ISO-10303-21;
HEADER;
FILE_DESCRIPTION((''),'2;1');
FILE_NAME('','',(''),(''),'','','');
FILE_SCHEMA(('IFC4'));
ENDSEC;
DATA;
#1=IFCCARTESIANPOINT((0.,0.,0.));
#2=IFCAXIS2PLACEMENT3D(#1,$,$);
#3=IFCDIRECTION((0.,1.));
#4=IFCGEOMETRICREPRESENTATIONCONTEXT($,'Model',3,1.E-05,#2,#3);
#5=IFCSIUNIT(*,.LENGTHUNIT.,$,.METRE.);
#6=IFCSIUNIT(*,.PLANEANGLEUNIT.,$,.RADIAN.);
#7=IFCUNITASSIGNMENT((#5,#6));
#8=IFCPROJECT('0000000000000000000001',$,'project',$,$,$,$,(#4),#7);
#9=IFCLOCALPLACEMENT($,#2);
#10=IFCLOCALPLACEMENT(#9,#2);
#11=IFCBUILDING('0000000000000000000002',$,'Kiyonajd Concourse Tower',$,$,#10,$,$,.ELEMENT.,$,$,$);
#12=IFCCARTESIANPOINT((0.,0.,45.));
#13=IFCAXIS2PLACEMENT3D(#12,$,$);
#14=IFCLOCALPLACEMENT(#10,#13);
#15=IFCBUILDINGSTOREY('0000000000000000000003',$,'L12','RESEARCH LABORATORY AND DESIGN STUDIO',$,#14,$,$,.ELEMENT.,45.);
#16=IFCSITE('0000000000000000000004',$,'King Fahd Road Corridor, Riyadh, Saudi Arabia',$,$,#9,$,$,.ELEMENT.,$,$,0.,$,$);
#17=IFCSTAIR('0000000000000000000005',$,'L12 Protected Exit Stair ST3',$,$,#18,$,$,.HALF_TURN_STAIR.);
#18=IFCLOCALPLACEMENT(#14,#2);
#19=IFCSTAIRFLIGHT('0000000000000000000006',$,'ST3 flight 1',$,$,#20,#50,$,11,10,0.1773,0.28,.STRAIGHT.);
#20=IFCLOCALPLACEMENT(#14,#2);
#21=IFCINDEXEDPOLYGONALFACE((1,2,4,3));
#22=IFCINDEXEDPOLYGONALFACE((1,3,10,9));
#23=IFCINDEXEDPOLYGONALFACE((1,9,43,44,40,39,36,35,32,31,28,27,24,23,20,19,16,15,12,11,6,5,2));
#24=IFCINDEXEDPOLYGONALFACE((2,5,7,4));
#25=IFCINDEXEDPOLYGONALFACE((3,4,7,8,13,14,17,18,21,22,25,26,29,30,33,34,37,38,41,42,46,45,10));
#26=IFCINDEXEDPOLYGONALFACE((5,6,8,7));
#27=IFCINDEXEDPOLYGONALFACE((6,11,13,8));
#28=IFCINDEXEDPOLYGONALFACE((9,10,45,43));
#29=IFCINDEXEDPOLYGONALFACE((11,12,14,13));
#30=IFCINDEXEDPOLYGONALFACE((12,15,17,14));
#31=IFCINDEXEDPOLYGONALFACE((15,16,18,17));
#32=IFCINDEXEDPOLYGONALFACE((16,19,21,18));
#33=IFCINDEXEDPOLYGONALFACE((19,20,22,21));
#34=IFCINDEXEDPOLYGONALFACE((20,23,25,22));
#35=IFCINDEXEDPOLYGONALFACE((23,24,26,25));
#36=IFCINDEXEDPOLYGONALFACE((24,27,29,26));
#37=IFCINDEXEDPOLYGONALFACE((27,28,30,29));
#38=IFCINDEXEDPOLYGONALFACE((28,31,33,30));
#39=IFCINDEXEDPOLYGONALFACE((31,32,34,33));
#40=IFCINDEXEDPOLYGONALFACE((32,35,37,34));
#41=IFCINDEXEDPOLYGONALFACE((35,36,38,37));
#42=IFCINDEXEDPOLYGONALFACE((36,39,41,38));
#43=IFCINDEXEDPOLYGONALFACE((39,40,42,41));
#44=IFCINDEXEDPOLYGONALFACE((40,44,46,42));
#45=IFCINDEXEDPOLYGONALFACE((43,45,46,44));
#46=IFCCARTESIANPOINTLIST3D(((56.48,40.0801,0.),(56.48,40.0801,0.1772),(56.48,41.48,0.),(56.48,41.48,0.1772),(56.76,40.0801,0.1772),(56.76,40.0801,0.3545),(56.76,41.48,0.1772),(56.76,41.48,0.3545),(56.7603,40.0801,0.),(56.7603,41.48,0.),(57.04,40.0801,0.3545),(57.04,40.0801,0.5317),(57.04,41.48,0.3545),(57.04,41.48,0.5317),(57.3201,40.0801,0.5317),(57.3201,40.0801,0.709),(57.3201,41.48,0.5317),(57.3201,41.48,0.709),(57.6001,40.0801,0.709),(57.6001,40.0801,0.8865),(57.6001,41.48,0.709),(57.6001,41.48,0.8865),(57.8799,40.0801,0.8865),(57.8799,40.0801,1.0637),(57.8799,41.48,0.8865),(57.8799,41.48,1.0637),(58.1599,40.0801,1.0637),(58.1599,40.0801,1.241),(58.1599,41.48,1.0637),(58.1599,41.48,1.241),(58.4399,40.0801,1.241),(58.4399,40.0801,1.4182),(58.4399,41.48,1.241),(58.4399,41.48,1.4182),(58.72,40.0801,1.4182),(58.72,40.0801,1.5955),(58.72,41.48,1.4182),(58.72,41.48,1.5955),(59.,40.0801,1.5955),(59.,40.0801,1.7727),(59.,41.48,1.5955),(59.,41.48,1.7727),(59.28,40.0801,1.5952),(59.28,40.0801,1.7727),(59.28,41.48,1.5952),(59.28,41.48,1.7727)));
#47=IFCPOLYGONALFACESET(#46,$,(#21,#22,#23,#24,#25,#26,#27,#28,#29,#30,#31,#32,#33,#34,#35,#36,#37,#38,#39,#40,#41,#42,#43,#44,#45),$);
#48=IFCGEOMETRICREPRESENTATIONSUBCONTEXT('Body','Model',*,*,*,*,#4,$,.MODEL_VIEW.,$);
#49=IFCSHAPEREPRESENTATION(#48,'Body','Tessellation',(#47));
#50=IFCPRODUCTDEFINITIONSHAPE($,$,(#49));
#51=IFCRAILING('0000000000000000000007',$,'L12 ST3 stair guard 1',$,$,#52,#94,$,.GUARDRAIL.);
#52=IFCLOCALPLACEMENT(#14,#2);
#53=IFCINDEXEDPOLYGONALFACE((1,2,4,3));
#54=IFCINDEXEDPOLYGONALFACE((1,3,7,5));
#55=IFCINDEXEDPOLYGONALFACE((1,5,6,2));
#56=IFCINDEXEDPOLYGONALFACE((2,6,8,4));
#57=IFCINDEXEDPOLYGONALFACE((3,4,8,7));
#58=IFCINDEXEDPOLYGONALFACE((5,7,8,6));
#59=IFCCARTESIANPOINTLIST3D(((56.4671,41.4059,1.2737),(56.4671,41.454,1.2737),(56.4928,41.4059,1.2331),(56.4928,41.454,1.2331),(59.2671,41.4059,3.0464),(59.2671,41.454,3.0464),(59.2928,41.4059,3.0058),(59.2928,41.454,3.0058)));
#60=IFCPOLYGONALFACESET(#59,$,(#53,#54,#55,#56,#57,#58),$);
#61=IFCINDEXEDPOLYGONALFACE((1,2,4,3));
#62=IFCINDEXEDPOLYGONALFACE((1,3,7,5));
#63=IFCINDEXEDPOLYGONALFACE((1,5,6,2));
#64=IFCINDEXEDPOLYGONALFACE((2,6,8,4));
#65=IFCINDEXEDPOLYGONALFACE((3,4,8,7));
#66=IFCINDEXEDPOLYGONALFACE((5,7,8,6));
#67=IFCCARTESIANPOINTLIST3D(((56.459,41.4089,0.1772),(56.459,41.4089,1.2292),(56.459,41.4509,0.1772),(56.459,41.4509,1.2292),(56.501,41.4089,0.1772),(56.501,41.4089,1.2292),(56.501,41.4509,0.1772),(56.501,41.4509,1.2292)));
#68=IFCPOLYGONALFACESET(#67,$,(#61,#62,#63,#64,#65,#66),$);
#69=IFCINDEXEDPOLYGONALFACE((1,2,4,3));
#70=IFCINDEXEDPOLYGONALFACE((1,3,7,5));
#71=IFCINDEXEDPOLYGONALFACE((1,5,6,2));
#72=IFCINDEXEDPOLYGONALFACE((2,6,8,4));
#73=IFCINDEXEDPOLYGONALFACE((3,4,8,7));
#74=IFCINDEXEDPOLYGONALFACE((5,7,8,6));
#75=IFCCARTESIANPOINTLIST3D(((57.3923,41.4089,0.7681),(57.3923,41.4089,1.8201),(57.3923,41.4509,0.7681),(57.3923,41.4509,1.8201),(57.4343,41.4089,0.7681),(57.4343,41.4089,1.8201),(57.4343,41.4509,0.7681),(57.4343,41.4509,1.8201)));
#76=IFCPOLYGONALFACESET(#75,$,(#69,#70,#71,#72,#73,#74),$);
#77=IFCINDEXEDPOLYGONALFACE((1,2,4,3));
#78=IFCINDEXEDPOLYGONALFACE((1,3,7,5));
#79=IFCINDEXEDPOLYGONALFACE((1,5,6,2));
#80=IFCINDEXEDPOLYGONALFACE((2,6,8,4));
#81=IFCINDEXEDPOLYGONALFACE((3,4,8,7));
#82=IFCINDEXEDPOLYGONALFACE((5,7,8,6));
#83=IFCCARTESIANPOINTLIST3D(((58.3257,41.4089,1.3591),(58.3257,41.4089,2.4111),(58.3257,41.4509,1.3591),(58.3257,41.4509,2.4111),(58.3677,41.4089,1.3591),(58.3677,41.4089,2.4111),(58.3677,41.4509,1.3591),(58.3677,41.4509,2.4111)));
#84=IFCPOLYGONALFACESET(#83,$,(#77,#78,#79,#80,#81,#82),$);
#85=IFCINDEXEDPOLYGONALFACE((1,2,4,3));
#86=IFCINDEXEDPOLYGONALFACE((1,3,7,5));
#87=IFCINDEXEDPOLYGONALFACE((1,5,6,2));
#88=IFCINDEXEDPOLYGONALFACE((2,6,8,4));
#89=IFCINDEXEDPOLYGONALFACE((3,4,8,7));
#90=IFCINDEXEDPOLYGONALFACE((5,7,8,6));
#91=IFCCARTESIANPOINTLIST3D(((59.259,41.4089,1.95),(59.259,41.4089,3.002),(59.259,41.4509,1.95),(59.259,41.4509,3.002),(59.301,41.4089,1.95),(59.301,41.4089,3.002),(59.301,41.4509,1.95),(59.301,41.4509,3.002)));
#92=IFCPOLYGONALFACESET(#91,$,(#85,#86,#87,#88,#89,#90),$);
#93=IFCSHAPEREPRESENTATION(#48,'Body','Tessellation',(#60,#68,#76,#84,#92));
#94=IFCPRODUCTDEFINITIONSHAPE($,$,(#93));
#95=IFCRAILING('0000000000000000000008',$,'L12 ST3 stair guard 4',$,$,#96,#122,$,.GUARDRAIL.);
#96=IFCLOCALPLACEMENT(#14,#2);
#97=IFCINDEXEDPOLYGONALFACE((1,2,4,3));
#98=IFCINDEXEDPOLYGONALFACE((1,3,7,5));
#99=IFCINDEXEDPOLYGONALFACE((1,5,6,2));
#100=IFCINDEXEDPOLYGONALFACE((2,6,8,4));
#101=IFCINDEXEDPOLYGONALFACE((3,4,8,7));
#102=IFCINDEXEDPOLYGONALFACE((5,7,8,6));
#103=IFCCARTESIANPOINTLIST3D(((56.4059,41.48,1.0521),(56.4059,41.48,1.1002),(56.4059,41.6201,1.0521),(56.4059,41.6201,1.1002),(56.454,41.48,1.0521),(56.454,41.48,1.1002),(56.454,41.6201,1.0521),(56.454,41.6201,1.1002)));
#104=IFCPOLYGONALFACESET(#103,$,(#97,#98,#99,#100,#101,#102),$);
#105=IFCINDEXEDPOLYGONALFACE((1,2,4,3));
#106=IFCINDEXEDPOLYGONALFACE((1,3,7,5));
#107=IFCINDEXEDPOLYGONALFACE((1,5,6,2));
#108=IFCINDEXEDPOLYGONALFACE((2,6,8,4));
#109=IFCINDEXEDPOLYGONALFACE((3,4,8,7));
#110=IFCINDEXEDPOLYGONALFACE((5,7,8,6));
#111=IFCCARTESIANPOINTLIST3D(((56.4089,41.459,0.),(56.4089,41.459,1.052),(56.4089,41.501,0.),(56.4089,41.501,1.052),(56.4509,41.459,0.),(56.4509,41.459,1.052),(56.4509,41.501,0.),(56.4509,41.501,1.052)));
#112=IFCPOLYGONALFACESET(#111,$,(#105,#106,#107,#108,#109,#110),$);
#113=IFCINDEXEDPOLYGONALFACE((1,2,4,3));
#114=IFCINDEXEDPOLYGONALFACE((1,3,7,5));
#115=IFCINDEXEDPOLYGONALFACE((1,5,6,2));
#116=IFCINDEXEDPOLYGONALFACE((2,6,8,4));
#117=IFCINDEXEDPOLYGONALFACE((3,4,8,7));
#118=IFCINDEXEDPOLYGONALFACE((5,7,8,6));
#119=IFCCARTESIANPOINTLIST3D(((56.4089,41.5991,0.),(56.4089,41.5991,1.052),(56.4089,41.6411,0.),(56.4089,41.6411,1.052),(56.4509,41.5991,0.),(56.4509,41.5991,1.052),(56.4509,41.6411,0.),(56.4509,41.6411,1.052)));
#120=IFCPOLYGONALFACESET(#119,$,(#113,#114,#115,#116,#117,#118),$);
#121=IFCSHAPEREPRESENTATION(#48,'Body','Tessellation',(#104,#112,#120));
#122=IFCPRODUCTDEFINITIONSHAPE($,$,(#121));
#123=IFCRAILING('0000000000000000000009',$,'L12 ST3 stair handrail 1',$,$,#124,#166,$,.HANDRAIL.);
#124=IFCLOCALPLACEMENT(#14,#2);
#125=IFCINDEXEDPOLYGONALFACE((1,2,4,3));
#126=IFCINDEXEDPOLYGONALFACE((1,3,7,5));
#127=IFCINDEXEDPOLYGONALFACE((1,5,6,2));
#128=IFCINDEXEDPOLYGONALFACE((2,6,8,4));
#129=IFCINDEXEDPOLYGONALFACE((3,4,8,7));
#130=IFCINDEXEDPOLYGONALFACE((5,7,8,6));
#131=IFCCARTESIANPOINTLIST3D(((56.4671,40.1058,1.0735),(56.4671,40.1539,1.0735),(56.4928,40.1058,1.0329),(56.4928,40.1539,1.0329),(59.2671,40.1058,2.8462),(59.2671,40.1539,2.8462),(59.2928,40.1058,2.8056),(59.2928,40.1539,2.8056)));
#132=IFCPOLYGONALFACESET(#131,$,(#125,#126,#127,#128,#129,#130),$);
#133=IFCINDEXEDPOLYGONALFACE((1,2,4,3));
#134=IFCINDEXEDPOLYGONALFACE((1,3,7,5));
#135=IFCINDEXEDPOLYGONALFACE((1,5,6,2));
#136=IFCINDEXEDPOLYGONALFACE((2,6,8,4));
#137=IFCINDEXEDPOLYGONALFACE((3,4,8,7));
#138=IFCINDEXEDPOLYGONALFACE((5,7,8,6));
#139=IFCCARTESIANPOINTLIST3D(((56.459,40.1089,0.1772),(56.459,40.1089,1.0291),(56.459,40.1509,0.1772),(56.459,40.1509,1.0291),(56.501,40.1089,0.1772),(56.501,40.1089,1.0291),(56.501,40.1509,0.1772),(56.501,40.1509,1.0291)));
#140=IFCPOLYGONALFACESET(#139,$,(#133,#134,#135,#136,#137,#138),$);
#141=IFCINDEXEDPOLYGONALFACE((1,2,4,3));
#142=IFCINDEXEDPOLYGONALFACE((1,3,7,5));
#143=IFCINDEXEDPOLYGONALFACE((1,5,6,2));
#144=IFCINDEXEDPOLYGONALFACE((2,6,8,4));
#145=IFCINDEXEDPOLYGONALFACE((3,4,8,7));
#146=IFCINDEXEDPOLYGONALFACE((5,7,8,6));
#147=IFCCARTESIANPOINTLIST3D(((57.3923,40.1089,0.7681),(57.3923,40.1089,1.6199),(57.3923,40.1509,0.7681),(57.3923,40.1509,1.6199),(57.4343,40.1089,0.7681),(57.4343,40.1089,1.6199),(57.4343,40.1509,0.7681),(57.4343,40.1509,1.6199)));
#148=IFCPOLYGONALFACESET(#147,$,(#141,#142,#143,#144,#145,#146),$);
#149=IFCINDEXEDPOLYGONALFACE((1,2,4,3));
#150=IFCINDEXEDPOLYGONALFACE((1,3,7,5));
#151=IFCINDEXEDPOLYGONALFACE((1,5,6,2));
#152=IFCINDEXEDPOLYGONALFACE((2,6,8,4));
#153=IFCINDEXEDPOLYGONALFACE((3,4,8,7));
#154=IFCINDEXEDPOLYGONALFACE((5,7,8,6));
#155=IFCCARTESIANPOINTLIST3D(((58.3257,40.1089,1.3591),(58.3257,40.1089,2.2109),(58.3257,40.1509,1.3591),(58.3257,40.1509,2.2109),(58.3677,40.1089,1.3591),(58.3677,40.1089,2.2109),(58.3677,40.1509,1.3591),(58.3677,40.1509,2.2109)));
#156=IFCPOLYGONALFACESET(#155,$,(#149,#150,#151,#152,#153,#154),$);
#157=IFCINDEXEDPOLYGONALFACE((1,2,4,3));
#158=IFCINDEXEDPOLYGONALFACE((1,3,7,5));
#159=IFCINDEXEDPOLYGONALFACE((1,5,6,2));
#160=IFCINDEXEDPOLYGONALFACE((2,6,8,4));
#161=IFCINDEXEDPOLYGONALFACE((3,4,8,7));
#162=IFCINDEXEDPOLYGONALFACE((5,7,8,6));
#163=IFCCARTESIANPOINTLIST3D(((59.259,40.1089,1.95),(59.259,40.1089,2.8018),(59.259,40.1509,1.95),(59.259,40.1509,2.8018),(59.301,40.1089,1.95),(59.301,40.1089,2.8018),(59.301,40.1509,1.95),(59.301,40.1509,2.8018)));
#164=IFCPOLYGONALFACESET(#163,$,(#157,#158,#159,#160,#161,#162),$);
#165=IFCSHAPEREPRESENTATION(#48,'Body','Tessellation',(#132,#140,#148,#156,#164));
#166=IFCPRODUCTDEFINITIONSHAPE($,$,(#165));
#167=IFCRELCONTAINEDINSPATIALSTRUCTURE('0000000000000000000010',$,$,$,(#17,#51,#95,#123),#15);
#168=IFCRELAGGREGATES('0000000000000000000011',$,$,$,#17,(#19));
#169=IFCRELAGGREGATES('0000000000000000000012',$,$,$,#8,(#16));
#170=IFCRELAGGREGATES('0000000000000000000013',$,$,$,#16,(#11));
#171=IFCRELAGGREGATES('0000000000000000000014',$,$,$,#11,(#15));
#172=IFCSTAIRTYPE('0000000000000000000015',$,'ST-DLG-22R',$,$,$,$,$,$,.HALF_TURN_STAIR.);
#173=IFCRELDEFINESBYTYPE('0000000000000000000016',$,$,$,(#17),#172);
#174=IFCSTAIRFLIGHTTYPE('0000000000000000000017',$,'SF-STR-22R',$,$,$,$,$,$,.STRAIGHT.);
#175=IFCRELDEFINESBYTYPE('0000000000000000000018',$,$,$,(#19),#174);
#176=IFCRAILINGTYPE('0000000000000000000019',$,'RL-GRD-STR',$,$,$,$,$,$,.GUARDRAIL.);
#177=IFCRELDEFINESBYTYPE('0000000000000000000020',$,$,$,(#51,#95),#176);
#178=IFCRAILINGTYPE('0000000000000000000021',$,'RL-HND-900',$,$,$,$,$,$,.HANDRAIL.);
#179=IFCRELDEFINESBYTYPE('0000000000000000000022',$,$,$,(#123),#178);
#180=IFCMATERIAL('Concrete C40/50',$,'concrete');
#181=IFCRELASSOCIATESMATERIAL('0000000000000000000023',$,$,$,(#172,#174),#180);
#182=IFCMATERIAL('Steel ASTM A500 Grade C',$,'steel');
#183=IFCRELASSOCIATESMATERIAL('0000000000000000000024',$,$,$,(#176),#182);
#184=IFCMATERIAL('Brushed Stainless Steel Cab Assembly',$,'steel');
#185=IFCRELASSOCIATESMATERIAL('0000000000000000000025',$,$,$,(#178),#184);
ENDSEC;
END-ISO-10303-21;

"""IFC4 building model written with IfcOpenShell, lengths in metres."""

from ifc_helpers import new_model, si_unit, direction, frame, origin, origin_2d, place, context, subcontext, project, spatial, polyline, rectangle, outline, extrude, material, type_object, element, aggregate, save


model = new_model("IFC4")

# Units and contexts
model_context = context("Model", 3, precision=1e-05, world=origin(), true_north=direction((0.0, 1.0)))
body_context = subcontext(model_context, "Body", "Model", "MODEL_VIEW")
ifc_project = project(units=[si_unit("LENGTHUNIT", "METRE"), si_unit("PLANEANGLEUNIT", "RADIAN")], contexts=[model_context])

# Site, building, storey
site_placement = place(None, origin())
site = spatial("IfcSite", under=ifc_project, at=site_placement, Name="King Fahd Road Corridor, Riyadh, Saudi Arabia", CompositionType="ELEMENT", RefElevation=0.0)
building_placement = place(site_placement, origin())
building = spatial("IfcBuilding", under=site, at=building_placement, Name="Kiyonajd Concourse Tower", CompositionType="ELEMENT")
storey_placement = place(building_placement, frame((0.0, 0.0, 45.0)))
storey = spatial("IfcBuildingStorey", under=building, at=storey_placement, Name="L12", Description="RESEARCH LABORATORY AND DESIGN STUDIO", CompositionType="ELEMENT", Elevation=45.0)

# Shared definitions
ifc_material_1 = material(Name="Brushed Stainless Steel Cab Assembly", Category="steel")

# Stair, stair flight
ifc_material_2 = material(Name="Concrete C40/50", Category="concrete")
stair_type = type_object("IfcStairType", Name="ST-DLG-22R", PredefinedType="HALF_TURN_STAIR", material=ifc_material_2)
stair_placement = place(storey_placement, origin())
stair = element("IfcStair", 1, at=stair_placement, inside=storey, type_object=stair_type, Name="L12 Protected Exit Stair ST3", PredefinedType="HALF_TURN_STAIR")
stair_flight_type = type_object("IfcStairFlightType", Name="SF-STR-22R", PredefinedType="STRAIGHT", material=ifc_material_2)
stair_flight_placement = place(storey_placement, frame((56.48, 40.78, 0.0), z_axis=(0.0, 0.0, 1.0), x_axis=(1.0, 0.0, 0.0)))
stair_flight = element("IfcStairFlight", 2, at=stair_flight_placement, type_object=stair_flight_type, Name="ST3 flight 1", NumberOfRisers=11, NumberOfTreads=10, PredefinedType="STRAIGHT", RiserHeight=0.1773, TreadLength=0.28, context=body_context, shape_type="SweptSolid", body=[
    extrude(outline(polyline([(0.0, 0.0), (0.0, 0.1772), (0.28, 0.1772), (0.28, 0.3545), (0.5601, 0.3545), (0.5601, 0.5317), (0.8401, 0.5317), (0.8401, 0.709), (1.1201, 0.709), (1.1201, 0.8865), (1.3999, 0.8865), (1.3999, 1.0637), (1.6799, 1.0637), (1.6799, 1.241), (1.96, 1.241), (1.96, 1.4182), (2.24, 1.4182), (2.24, 1.5955), (2.52, 1.5955), (2.52, 1.7727), (2.8, 1.7727), (2.8, 1.95), (2.8, 1.5952), (0.2803, 0.0), (0.0, 0.0)])), frame((0.0, 0.7, 0.0), z_axis=(0.0, -1.0, 0.0), x_axis=(1.0, 0.0, 0.0)), (0.0, 0.0, 1.0), 1.3999),
])
aggregate(stair, [stair_flight])

# Railings
ifc_material_3 = material(Name="Steel ASTM A500 Grade C", Category="steel")
railing_type_1 = type_object("IfcRailingType", Name="RL-GRD-STR", PredefinedType="GUARDRAIL", material=ifc_material_3)
railing_1_placement = place(storey_placement, frame((56.48, 41.4299, 0.1772)))
element("IfcRailing", 3, at=railing_1_placement, inside=storey, type_object=railing_type_1, Name="L12 ST3 stair guard 1", PredefinedType="GUARDRAIL", context=body_context, shape_type="SweptSolid", body=[
    extrude(rectangle(XDim=0.0481, YDim=0.0481, at=origin_2d()), frame((0.0, 0.0, 1.0762), z_axis=(0.844909, 0.0, 0.53491), x_axis=(0.0, 1.0, 0.0)), (0.0, 0.0, 1.0), 3.314),
    extrude(rectangle(XDim=0.042, YDim=0.042, at=origin_2d()), origin(), (0.0, 0.0, 1.0), 1.052),
    extrude(rectangle(XDim=0.042, YDim=0.042, at=origin_2d()), frame((0.9333, 0.0, 0.5908)), (0.0, 0.0, 1.0), 1.052),
    extrude(rectangle(XDim=0.042, YDim=0.042, at=origin_2d()), frame((1.8667, 0.0, 1.1819)), (0.0, 0.0, 1.0), 1.052),
    extrude(rectangle(XDim=0.042, YDim=0.042, at=origin_2d()), frame((2.8, 0.0, 1.7727)), (0.0, 0.0, 1.0), 1.052),
])
railing_2_placement = place(storey_placement, frame((56.4299, 41.48, 0.0)))
element("IfcRailing", 4, at=railing_2_placement, inside=storey, type_object=railing_type_1, Name="L12 ST3 stair guard 4", PredefinedType="GUARDRAIL", context=body_context, shape_type="SweptSolid", body=[
    extrude(rectangle(XDim=0.0481, YDim=0.0481, at=origin_2d()), frame((0.0, 0.0, 1.0762), z_axis=(0.0, 1.0, 0.0), x_axis=(-1.0, 0.0, 0.0)), (0.0, 0.0, 1.0), 0.1401),
    extrude(rectangle(XDim=0.042, YDim=0.042, at=origin_2d()), origin(), (0.0, 0.0, 1.0), 1.052),
    extrude(rectangle(XDim=0.042, YDim=0.042, at=origin_2d()), frame((0.0, 0.1401, 0.0)), (0.0, 0.0, 1.0), 1.052),
])
railing_type_2 = type_object("IfcRailingType", Name="RL-HND-900", PredefinedType="HANDRAIL", material=ifc_material_1)
railing_3_placement = place(storey_placement, frame((56.48, 40.1299, 0.1772)))
element("IfcRailing", 5, at=railing_3_placement, inside=storey, type_object=railing_type_2, Name="L12 ST3 stair handrail 1", PredefinedType="HANDRAIL", context=body_context, shape_type="SweptSolid", body=[
    extrude(rectangle(XDim=0.0481, YDim=0.0481, at=origin_2d()), frame((0.0, 0.0, 0.876), z_axis=(0.844909, 0.0, 0.53491), x_axis=(0.0, 1.0, 0.0)), (0.0, 0.0, 1.0), 3.314),
    extrude(rectangle(XDim=0.042, YDim=0.042, at=origin_2d()), origin(), (0.0, 0.0, 1.0), 0.8518),
    extrude(rectangle(XDim=0.042, YDim=0.042, at=origin_2d()), frame((0.9333, 0.0, 0.5908)), (0.0, 0.0, 1.0), 0.8518),
    extrude(rectangle(XDim=0.042, YDim=0.042, at=origin_2d()), frame((1.8667, 0.0, 1.1819)), (0.0, 0.0, 1.0), 0.8518),
    extrude(rectangle(XDim=0.042, YDim=0.042, at=origin_2d()), frame((2.8, 0.0, 1.7727)), (0.0, 0.0, 1.0), 0.8518),
])

save(model, "model.ifc")
